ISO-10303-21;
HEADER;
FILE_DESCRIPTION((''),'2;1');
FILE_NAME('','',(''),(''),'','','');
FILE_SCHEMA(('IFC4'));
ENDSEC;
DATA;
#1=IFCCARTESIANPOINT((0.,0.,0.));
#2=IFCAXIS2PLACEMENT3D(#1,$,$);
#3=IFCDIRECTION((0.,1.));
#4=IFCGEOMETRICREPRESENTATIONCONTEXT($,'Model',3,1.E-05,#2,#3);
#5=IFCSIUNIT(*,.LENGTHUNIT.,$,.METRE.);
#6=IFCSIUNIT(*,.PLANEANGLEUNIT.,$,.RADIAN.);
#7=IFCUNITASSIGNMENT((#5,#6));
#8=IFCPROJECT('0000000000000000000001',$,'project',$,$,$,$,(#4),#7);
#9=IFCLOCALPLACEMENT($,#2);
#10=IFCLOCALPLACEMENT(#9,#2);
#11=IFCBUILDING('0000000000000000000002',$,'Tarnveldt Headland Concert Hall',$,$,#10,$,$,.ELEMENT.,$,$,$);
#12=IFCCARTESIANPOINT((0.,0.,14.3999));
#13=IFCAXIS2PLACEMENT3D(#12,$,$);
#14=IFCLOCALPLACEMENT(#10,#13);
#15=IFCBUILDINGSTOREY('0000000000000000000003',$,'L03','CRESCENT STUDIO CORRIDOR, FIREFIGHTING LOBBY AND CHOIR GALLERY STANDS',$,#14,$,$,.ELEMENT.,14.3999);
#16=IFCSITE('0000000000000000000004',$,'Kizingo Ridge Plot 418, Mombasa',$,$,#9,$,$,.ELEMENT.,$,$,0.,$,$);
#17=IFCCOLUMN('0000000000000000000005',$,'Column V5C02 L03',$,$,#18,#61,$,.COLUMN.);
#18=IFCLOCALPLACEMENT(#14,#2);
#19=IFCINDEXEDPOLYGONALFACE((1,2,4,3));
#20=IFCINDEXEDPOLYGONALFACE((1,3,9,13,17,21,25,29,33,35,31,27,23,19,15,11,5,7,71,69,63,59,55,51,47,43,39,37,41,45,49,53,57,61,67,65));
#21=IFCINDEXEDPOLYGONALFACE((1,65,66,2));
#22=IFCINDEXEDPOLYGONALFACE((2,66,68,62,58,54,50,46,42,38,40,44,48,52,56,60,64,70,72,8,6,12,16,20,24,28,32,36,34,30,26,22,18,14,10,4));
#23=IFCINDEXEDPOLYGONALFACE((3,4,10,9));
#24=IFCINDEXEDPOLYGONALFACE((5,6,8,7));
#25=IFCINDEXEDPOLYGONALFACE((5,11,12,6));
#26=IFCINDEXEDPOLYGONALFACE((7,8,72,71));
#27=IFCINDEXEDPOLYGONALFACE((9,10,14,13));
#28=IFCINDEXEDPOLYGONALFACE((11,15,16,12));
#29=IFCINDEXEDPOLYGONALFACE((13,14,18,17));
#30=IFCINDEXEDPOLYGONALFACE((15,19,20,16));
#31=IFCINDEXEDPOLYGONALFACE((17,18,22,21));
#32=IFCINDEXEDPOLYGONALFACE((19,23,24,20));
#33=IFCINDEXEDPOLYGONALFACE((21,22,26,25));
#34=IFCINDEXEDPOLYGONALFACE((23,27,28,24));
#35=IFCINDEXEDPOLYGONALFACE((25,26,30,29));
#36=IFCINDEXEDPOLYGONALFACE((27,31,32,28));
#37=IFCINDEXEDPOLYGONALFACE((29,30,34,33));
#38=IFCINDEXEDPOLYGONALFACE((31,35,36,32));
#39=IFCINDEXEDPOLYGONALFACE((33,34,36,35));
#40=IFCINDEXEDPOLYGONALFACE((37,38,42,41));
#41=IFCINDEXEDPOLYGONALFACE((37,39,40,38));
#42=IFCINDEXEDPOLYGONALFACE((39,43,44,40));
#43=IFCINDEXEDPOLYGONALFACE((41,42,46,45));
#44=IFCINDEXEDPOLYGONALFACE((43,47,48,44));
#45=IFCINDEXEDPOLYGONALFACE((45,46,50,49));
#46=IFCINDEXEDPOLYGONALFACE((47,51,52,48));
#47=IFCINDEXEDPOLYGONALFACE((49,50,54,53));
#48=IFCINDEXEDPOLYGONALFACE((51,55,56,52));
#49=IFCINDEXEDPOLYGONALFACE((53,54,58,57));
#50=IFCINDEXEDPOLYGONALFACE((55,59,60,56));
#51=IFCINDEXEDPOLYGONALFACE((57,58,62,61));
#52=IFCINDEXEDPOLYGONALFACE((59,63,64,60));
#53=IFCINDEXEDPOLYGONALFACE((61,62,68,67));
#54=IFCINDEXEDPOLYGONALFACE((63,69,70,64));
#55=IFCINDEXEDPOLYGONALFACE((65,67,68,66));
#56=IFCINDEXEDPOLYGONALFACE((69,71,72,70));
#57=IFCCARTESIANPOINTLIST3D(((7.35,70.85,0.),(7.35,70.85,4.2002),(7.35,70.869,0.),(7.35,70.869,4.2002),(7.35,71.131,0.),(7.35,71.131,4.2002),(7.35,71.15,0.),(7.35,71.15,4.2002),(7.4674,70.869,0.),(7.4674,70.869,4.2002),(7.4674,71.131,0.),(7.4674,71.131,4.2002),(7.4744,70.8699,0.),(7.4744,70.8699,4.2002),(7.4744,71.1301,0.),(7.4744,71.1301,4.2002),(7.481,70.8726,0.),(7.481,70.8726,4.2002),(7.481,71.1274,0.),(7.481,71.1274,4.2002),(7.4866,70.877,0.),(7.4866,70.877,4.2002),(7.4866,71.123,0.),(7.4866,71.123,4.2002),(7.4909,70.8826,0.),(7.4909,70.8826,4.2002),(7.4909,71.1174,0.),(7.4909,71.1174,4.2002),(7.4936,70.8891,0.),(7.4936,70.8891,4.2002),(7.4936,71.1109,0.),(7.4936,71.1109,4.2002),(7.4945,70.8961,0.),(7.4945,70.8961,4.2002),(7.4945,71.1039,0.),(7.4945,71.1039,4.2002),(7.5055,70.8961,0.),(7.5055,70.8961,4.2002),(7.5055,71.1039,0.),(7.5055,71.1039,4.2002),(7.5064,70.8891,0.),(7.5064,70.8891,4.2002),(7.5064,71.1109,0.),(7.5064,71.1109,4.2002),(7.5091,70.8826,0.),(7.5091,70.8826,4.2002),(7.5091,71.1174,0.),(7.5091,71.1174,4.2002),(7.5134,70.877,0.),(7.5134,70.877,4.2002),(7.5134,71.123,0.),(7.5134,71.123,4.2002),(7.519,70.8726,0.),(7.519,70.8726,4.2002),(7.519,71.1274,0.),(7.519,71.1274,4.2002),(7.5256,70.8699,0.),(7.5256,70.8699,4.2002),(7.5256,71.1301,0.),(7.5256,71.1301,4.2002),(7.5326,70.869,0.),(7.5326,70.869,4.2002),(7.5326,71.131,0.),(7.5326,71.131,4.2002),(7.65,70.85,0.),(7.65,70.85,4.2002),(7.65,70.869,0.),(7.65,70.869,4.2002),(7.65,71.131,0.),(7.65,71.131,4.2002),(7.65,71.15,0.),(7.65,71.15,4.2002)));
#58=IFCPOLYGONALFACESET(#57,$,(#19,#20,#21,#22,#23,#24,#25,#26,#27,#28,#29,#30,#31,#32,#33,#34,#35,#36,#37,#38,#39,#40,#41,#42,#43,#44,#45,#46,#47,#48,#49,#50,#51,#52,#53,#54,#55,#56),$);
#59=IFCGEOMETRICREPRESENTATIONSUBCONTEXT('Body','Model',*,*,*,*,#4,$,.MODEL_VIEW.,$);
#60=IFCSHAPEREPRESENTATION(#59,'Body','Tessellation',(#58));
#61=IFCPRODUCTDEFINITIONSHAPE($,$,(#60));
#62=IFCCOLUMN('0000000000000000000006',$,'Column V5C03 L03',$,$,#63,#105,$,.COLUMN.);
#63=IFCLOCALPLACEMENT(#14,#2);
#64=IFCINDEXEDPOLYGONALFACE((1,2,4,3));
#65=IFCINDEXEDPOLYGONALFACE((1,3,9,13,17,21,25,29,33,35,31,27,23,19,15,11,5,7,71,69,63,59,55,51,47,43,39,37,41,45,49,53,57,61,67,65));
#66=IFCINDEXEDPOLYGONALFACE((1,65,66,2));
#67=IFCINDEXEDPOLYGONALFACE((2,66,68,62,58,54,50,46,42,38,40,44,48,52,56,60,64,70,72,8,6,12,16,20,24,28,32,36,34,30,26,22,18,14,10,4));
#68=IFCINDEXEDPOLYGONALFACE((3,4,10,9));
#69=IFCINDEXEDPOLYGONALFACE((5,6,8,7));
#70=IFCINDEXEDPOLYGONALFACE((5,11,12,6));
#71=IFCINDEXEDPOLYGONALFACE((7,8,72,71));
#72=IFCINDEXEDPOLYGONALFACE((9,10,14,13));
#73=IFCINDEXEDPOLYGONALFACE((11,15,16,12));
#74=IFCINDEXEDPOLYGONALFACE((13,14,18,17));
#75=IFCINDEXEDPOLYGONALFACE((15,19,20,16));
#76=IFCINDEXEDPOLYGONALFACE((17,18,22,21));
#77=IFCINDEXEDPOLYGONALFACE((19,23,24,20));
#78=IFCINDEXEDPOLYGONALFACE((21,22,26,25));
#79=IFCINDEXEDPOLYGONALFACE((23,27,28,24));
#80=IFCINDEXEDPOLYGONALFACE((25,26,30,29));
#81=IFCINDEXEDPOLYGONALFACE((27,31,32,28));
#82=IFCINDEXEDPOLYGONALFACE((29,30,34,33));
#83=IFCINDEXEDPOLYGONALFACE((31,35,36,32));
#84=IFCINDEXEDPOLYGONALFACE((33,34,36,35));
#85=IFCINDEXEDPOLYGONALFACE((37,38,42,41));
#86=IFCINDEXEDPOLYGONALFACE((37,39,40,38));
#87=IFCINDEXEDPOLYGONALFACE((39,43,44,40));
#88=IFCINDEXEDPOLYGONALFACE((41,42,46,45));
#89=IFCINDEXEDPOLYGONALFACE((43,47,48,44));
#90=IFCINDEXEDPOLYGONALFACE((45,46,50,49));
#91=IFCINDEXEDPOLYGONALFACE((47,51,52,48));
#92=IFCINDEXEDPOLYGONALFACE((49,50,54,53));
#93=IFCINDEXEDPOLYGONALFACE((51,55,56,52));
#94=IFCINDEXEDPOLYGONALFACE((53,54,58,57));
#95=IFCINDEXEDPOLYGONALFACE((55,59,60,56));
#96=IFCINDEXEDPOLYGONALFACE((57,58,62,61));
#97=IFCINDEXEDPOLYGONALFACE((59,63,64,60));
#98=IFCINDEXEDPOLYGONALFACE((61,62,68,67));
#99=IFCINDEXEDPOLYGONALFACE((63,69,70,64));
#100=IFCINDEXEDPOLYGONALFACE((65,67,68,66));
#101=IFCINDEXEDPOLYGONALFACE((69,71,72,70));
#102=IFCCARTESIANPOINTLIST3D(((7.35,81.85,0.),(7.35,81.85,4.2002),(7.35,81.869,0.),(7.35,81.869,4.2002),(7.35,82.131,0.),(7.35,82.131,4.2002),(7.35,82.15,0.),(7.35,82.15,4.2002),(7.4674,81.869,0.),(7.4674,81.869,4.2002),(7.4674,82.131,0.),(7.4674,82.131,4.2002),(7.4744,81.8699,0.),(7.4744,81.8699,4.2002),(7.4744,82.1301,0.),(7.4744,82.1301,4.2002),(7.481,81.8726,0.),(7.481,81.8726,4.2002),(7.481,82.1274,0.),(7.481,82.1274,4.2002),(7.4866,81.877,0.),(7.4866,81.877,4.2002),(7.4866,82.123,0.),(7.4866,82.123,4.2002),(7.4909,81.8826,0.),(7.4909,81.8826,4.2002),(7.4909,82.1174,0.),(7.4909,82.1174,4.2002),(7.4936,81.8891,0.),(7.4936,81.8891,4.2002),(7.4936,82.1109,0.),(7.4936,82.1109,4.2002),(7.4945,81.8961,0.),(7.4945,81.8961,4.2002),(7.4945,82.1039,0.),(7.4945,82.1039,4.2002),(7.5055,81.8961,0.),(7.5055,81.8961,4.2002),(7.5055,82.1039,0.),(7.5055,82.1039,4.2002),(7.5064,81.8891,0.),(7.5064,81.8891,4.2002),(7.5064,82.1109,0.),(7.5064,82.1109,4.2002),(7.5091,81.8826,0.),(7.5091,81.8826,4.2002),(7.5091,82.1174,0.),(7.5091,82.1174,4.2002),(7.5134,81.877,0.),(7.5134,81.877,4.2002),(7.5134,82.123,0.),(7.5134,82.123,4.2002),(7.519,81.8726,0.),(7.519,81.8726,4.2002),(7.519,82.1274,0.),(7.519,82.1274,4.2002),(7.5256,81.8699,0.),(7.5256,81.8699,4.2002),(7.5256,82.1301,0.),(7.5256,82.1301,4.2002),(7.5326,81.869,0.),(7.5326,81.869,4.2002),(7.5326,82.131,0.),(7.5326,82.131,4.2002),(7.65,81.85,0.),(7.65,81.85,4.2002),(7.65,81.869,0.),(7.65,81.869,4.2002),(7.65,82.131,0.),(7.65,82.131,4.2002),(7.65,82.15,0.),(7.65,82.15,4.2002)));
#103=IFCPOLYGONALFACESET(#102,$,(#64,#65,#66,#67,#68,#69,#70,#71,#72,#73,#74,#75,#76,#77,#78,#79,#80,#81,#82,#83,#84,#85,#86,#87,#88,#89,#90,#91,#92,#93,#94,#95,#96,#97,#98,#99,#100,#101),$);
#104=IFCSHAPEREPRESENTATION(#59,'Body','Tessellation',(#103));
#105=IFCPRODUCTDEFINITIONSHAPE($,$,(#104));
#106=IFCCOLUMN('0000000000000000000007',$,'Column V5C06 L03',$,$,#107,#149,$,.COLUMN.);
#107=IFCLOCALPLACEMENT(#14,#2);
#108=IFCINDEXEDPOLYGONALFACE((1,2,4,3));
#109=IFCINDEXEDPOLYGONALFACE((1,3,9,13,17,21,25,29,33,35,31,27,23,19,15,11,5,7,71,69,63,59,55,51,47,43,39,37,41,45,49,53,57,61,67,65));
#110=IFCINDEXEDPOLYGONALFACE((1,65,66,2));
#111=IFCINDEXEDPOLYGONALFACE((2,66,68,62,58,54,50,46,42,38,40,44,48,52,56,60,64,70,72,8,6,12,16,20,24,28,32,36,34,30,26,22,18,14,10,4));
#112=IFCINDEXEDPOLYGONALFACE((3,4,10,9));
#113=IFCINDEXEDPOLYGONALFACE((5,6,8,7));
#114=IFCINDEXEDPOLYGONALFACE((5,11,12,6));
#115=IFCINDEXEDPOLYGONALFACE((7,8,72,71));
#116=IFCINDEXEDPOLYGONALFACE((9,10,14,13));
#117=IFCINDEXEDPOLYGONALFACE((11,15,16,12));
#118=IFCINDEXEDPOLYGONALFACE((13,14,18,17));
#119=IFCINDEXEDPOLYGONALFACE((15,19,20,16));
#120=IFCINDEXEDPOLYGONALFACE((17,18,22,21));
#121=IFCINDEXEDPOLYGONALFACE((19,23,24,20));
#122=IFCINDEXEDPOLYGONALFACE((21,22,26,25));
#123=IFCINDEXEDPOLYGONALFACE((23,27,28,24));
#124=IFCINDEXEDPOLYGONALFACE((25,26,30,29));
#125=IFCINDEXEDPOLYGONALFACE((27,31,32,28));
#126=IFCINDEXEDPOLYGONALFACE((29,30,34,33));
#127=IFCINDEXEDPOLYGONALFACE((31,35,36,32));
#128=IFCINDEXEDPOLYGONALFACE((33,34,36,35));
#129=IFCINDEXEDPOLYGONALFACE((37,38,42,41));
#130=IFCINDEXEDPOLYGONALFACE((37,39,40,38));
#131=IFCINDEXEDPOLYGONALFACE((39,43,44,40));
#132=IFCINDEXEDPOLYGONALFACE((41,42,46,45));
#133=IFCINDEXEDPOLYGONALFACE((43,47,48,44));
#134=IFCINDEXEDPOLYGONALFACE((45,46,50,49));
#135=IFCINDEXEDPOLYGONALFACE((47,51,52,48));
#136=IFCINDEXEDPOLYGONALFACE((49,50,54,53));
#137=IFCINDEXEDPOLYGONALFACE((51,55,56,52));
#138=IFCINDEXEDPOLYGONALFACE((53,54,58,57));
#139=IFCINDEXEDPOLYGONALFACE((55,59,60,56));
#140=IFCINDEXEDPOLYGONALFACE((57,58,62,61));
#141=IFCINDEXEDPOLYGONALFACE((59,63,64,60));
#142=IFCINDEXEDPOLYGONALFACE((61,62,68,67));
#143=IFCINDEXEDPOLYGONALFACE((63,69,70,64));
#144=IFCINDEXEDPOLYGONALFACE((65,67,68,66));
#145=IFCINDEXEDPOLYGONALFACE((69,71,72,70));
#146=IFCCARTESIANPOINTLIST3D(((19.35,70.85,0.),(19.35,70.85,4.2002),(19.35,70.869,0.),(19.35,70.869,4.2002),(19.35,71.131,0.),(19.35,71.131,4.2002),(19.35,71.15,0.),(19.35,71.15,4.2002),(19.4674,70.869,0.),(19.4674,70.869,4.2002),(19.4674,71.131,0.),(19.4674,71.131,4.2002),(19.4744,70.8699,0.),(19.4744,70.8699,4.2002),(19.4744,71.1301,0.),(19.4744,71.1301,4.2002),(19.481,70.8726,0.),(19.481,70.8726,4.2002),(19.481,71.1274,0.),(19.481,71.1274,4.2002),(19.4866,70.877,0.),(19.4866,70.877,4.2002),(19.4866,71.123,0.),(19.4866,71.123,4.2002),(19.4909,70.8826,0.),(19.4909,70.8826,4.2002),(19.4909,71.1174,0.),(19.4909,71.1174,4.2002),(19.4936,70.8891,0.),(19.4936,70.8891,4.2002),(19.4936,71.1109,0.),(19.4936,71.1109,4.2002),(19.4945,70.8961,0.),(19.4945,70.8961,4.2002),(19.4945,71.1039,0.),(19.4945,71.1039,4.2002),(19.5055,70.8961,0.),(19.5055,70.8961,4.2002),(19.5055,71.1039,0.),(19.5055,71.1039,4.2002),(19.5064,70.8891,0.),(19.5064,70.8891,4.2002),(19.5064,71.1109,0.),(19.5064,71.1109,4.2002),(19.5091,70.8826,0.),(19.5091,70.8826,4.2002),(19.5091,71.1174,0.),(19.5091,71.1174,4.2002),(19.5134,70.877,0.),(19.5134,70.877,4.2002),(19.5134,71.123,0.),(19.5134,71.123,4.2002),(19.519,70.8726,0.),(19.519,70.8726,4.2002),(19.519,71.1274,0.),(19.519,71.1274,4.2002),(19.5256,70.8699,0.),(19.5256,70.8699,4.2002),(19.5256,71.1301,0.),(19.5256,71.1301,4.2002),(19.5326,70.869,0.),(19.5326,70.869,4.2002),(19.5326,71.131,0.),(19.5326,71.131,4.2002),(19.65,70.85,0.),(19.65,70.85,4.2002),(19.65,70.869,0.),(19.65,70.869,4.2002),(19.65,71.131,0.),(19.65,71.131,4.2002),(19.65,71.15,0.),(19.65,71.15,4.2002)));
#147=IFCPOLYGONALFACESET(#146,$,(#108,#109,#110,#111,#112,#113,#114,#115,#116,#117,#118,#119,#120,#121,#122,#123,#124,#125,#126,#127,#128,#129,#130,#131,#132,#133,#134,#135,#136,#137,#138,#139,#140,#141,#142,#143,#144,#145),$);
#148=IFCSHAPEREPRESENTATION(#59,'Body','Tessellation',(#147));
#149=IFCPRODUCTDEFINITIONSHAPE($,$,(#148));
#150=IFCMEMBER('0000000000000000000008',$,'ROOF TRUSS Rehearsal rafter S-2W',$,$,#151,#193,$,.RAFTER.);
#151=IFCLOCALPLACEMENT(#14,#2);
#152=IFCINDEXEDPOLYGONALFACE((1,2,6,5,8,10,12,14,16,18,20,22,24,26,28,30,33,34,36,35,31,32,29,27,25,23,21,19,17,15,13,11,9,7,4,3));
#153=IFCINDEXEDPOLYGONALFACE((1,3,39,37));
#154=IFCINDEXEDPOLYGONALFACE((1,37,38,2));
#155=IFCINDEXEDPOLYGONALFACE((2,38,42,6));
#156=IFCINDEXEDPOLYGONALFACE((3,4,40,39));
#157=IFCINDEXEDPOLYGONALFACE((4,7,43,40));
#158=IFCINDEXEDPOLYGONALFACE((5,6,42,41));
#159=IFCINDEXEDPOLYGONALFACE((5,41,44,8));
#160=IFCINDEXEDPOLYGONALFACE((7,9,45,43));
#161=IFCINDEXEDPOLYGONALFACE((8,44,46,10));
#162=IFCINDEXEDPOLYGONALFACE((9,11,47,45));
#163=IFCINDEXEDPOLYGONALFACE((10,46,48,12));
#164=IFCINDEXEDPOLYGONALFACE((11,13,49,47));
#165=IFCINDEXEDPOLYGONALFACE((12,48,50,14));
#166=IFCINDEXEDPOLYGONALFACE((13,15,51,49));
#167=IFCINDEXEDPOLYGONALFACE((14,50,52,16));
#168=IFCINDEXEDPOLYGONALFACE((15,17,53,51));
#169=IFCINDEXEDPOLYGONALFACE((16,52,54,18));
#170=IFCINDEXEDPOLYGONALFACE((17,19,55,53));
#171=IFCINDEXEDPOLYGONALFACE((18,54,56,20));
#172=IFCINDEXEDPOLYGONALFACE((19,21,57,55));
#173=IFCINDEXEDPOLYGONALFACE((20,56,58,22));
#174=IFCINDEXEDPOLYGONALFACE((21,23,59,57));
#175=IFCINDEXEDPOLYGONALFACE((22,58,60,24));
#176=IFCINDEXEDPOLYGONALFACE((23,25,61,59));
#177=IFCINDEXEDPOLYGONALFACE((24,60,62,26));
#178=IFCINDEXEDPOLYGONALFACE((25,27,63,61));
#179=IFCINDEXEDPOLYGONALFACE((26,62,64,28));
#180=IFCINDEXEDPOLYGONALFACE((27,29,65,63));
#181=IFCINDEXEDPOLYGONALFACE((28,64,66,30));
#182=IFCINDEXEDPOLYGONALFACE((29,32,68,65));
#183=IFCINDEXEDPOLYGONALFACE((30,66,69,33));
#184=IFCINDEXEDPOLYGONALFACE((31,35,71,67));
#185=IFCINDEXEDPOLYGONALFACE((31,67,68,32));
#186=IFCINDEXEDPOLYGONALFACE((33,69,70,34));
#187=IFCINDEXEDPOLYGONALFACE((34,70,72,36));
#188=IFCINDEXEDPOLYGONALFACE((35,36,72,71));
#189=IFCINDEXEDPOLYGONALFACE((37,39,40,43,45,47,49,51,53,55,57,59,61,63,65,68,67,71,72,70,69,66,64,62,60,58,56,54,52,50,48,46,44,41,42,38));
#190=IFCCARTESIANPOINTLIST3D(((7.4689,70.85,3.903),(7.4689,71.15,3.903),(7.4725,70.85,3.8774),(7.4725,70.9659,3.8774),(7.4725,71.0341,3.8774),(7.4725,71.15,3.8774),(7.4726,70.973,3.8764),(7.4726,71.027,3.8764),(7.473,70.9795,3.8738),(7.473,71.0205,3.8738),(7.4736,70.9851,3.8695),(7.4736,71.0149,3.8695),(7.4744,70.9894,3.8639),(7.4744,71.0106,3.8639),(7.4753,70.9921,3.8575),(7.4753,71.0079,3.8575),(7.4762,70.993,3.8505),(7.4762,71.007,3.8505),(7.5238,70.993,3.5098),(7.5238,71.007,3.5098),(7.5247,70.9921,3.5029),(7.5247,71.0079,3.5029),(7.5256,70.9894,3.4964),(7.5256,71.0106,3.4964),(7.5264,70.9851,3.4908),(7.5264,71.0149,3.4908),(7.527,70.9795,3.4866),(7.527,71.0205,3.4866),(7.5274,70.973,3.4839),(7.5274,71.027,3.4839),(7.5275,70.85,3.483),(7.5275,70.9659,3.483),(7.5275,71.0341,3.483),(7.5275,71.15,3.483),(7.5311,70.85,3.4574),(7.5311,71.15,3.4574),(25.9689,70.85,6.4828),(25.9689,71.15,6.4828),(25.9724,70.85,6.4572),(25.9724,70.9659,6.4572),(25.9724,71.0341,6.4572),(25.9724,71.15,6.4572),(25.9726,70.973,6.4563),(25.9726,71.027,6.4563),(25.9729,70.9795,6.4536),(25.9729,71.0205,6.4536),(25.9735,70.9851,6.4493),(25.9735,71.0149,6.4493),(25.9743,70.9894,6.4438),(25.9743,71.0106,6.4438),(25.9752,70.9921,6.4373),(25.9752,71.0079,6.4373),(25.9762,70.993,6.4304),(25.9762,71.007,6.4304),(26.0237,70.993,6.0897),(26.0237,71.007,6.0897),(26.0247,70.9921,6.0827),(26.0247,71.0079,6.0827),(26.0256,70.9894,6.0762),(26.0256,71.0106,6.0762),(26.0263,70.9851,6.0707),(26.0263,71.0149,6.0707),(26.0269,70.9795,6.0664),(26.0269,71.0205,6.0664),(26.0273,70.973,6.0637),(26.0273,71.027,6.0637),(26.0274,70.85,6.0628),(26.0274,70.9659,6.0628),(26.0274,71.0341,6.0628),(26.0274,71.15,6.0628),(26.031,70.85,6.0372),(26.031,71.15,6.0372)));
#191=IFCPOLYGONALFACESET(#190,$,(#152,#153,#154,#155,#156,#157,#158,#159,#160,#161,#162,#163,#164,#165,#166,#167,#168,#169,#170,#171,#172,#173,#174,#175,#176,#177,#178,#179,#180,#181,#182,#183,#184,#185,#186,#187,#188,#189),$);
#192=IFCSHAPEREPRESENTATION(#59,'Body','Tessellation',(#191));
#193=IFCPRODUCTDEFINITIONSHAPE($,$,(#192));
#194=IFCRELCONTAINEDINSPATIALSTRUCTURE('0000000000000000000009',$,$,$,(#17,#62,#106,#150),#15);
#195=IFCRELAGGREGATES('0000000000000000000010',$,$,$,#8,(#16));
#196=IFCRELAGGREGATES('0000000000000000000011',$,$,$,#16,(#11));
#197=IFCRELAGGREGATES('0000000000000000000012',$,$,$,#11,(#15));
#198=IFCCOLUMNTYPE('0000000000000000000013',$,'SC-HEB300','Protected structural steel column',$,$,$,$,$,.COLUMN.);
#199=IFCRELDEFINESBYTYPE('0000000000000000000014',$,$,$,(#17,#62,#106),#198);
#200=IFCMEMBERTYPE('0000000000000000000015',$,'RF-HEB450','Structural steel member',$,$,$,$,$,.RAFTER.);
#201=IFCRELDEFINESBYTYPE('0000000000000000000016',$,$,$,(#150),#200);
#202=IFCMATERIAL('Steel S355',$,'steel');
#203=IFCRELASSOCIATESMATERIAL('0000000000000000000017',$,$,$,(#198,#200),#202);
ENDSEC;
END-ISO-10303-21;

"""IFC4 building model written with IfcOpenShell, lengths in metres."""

from ifc_helpers import new_model, si_unit, direction, frame, origin, origin_2d, place, context, subcontext, project, spatial, i_section, extrude, material, material_profile, profile_set, type_object, element, save


model = new_model("IFC4")

# Units and contexts
model_context = context("Model", 3, precision=1e-05, world=origin(), true_north=direction((0.0, 1.0)))
body_context = subcontext(model_context, "Body", "Model", "MODEL_VIEW")
ifc_project = project(units=[si_unit("LENGTHUNIT", "METRE"), si_unit("PLANEANGLEUNIT", "RADIAN")], contexts=[model_context])

# Site, building, storey
site_placement = place(None, origin())
site = spatial("IfcSite", under=ifc_project, at=site_placement, Name="Kizingo Ridge Plot 418, Mombasa", CompositionType="ELEMENT", RefElevation=0.0)
building_placement = place(site_placement, origin())
building = spatial("IfcBuilding", under=site, at=building_placement, Name="Tarnveldt Headland Concert Hall", CompositionType="ELEMENT")
storey_placement = place(building_placement, frame((0.0, 0.0, 14.3999)))
storey = spatial("IfcBuildingStorey", under=building, at=storey_placement, Name="L03", Description="CRESCENT STUDIO CORRIDOR, FIREFIGHTING LOBBY AND CHOIR GALLERY STANDS", CompositionType="ELEMENT", Elevation=14.3999)

# Columns
ifc_material_1 = material(Name="Steel S355", Category="steel")
ifc_material_profile_1 = material_profile(ifc_material_1, i_section(OverallWidth=0.3, OverallDepth=0.3, WebThickness=0.011, FlangeThickness=0.019, FilletRadius=0.0271, at=origin_2d()), Name="HEB300", Category="steel")
ifc_profile_set_1 = profile_set([ifc_material_profile_1], Name="Steel S355")
column_type = type_object("IfcColumnType", Name="SC-HEB300", Description="Protected structural steel column", PredefinedType="COLUMN", material=ifc_profile_set_1)
for number, where, z_axis, x_axis, name in (
    (1, (7.5, 71.0, 0.0), (0.0, 0.0, 1.0), (1.0, 0.0, 0.0), "Column V5C02 L03"),
    (2, (7.5, 82.0, 0.0), (0.0, 0.0, 1.0), (1.0, 0.0, 0.0), "Column V5C03 L03"),
    (3, (19.5, 71.0, 0.0), (0.0, 0.0, 1.0), (1.0, 0.0, 0.0), "Column V5C06 L03"),
):
    element("IfcColumn", number, at=place(storey_placement, frame(where, z_axis=z_axis, x_axis=x_axis)), inside=storey, type_object=column_type, Name=name, PredefinedType="COLUMN", context=body_context, shape_type="SweptSolid", body=[
        extrude(i_section(OverallWidth=0.3, OverallDepth=0.3, WebThickness=0.011, FlangeThickness=0.019, FilletRadius=0.0271, at=origin_2d()), origin(), (0.0, 0.0, 1.0), 4.2002),
    ])

# Member
ifc_material_profile_2 = material_profile(ifc_material_1, i_section(OverallWidth=0.3, OverallDepth=0.45, WebThickness=0.0139, FlangeThickness=0.0259, FilletRadius=0.0271, at=origin_2d()), Name="HEB450", Category="steel")
ifc_profile_set_2 = profile_set([ifc_material_profile_2], Name="Steel S355")
member_type = type_object("IfcMemberType", Name="RF-HEB450", Description="Structural steel member", PredefinedType="RAFTER", material=ifc_profile_set_2)
for number, where, z_axis, x_axis, name in (
    (4, (7.5, 71.0, 3.6802), (0.990416, 0.0, 0.138114), (0.0, 1.0, 0.0), "ROOF TRUSS Rehearsal rafter S-2W"),
):
    element("IfcMember", number, at=place(storey_placement, frame(where, z_axis=z_axis, x_axis=x_axis)), inside=storey, type_object=member_type, Name=name, PredefinedType="RAFTER", context=body_context, shape_type="SweptSolid", body=[
        extrude(i_section(OverallWidth=0.3, OverallDepth=0.45, WebThickness=0.0139, FlangeThickness=0.0259, FilletRadius=0.0271, at=origin_2d()), origin(), (0.0, 0.0, 1.0), 18.679),
    ])

save(model, "model.ifc")
